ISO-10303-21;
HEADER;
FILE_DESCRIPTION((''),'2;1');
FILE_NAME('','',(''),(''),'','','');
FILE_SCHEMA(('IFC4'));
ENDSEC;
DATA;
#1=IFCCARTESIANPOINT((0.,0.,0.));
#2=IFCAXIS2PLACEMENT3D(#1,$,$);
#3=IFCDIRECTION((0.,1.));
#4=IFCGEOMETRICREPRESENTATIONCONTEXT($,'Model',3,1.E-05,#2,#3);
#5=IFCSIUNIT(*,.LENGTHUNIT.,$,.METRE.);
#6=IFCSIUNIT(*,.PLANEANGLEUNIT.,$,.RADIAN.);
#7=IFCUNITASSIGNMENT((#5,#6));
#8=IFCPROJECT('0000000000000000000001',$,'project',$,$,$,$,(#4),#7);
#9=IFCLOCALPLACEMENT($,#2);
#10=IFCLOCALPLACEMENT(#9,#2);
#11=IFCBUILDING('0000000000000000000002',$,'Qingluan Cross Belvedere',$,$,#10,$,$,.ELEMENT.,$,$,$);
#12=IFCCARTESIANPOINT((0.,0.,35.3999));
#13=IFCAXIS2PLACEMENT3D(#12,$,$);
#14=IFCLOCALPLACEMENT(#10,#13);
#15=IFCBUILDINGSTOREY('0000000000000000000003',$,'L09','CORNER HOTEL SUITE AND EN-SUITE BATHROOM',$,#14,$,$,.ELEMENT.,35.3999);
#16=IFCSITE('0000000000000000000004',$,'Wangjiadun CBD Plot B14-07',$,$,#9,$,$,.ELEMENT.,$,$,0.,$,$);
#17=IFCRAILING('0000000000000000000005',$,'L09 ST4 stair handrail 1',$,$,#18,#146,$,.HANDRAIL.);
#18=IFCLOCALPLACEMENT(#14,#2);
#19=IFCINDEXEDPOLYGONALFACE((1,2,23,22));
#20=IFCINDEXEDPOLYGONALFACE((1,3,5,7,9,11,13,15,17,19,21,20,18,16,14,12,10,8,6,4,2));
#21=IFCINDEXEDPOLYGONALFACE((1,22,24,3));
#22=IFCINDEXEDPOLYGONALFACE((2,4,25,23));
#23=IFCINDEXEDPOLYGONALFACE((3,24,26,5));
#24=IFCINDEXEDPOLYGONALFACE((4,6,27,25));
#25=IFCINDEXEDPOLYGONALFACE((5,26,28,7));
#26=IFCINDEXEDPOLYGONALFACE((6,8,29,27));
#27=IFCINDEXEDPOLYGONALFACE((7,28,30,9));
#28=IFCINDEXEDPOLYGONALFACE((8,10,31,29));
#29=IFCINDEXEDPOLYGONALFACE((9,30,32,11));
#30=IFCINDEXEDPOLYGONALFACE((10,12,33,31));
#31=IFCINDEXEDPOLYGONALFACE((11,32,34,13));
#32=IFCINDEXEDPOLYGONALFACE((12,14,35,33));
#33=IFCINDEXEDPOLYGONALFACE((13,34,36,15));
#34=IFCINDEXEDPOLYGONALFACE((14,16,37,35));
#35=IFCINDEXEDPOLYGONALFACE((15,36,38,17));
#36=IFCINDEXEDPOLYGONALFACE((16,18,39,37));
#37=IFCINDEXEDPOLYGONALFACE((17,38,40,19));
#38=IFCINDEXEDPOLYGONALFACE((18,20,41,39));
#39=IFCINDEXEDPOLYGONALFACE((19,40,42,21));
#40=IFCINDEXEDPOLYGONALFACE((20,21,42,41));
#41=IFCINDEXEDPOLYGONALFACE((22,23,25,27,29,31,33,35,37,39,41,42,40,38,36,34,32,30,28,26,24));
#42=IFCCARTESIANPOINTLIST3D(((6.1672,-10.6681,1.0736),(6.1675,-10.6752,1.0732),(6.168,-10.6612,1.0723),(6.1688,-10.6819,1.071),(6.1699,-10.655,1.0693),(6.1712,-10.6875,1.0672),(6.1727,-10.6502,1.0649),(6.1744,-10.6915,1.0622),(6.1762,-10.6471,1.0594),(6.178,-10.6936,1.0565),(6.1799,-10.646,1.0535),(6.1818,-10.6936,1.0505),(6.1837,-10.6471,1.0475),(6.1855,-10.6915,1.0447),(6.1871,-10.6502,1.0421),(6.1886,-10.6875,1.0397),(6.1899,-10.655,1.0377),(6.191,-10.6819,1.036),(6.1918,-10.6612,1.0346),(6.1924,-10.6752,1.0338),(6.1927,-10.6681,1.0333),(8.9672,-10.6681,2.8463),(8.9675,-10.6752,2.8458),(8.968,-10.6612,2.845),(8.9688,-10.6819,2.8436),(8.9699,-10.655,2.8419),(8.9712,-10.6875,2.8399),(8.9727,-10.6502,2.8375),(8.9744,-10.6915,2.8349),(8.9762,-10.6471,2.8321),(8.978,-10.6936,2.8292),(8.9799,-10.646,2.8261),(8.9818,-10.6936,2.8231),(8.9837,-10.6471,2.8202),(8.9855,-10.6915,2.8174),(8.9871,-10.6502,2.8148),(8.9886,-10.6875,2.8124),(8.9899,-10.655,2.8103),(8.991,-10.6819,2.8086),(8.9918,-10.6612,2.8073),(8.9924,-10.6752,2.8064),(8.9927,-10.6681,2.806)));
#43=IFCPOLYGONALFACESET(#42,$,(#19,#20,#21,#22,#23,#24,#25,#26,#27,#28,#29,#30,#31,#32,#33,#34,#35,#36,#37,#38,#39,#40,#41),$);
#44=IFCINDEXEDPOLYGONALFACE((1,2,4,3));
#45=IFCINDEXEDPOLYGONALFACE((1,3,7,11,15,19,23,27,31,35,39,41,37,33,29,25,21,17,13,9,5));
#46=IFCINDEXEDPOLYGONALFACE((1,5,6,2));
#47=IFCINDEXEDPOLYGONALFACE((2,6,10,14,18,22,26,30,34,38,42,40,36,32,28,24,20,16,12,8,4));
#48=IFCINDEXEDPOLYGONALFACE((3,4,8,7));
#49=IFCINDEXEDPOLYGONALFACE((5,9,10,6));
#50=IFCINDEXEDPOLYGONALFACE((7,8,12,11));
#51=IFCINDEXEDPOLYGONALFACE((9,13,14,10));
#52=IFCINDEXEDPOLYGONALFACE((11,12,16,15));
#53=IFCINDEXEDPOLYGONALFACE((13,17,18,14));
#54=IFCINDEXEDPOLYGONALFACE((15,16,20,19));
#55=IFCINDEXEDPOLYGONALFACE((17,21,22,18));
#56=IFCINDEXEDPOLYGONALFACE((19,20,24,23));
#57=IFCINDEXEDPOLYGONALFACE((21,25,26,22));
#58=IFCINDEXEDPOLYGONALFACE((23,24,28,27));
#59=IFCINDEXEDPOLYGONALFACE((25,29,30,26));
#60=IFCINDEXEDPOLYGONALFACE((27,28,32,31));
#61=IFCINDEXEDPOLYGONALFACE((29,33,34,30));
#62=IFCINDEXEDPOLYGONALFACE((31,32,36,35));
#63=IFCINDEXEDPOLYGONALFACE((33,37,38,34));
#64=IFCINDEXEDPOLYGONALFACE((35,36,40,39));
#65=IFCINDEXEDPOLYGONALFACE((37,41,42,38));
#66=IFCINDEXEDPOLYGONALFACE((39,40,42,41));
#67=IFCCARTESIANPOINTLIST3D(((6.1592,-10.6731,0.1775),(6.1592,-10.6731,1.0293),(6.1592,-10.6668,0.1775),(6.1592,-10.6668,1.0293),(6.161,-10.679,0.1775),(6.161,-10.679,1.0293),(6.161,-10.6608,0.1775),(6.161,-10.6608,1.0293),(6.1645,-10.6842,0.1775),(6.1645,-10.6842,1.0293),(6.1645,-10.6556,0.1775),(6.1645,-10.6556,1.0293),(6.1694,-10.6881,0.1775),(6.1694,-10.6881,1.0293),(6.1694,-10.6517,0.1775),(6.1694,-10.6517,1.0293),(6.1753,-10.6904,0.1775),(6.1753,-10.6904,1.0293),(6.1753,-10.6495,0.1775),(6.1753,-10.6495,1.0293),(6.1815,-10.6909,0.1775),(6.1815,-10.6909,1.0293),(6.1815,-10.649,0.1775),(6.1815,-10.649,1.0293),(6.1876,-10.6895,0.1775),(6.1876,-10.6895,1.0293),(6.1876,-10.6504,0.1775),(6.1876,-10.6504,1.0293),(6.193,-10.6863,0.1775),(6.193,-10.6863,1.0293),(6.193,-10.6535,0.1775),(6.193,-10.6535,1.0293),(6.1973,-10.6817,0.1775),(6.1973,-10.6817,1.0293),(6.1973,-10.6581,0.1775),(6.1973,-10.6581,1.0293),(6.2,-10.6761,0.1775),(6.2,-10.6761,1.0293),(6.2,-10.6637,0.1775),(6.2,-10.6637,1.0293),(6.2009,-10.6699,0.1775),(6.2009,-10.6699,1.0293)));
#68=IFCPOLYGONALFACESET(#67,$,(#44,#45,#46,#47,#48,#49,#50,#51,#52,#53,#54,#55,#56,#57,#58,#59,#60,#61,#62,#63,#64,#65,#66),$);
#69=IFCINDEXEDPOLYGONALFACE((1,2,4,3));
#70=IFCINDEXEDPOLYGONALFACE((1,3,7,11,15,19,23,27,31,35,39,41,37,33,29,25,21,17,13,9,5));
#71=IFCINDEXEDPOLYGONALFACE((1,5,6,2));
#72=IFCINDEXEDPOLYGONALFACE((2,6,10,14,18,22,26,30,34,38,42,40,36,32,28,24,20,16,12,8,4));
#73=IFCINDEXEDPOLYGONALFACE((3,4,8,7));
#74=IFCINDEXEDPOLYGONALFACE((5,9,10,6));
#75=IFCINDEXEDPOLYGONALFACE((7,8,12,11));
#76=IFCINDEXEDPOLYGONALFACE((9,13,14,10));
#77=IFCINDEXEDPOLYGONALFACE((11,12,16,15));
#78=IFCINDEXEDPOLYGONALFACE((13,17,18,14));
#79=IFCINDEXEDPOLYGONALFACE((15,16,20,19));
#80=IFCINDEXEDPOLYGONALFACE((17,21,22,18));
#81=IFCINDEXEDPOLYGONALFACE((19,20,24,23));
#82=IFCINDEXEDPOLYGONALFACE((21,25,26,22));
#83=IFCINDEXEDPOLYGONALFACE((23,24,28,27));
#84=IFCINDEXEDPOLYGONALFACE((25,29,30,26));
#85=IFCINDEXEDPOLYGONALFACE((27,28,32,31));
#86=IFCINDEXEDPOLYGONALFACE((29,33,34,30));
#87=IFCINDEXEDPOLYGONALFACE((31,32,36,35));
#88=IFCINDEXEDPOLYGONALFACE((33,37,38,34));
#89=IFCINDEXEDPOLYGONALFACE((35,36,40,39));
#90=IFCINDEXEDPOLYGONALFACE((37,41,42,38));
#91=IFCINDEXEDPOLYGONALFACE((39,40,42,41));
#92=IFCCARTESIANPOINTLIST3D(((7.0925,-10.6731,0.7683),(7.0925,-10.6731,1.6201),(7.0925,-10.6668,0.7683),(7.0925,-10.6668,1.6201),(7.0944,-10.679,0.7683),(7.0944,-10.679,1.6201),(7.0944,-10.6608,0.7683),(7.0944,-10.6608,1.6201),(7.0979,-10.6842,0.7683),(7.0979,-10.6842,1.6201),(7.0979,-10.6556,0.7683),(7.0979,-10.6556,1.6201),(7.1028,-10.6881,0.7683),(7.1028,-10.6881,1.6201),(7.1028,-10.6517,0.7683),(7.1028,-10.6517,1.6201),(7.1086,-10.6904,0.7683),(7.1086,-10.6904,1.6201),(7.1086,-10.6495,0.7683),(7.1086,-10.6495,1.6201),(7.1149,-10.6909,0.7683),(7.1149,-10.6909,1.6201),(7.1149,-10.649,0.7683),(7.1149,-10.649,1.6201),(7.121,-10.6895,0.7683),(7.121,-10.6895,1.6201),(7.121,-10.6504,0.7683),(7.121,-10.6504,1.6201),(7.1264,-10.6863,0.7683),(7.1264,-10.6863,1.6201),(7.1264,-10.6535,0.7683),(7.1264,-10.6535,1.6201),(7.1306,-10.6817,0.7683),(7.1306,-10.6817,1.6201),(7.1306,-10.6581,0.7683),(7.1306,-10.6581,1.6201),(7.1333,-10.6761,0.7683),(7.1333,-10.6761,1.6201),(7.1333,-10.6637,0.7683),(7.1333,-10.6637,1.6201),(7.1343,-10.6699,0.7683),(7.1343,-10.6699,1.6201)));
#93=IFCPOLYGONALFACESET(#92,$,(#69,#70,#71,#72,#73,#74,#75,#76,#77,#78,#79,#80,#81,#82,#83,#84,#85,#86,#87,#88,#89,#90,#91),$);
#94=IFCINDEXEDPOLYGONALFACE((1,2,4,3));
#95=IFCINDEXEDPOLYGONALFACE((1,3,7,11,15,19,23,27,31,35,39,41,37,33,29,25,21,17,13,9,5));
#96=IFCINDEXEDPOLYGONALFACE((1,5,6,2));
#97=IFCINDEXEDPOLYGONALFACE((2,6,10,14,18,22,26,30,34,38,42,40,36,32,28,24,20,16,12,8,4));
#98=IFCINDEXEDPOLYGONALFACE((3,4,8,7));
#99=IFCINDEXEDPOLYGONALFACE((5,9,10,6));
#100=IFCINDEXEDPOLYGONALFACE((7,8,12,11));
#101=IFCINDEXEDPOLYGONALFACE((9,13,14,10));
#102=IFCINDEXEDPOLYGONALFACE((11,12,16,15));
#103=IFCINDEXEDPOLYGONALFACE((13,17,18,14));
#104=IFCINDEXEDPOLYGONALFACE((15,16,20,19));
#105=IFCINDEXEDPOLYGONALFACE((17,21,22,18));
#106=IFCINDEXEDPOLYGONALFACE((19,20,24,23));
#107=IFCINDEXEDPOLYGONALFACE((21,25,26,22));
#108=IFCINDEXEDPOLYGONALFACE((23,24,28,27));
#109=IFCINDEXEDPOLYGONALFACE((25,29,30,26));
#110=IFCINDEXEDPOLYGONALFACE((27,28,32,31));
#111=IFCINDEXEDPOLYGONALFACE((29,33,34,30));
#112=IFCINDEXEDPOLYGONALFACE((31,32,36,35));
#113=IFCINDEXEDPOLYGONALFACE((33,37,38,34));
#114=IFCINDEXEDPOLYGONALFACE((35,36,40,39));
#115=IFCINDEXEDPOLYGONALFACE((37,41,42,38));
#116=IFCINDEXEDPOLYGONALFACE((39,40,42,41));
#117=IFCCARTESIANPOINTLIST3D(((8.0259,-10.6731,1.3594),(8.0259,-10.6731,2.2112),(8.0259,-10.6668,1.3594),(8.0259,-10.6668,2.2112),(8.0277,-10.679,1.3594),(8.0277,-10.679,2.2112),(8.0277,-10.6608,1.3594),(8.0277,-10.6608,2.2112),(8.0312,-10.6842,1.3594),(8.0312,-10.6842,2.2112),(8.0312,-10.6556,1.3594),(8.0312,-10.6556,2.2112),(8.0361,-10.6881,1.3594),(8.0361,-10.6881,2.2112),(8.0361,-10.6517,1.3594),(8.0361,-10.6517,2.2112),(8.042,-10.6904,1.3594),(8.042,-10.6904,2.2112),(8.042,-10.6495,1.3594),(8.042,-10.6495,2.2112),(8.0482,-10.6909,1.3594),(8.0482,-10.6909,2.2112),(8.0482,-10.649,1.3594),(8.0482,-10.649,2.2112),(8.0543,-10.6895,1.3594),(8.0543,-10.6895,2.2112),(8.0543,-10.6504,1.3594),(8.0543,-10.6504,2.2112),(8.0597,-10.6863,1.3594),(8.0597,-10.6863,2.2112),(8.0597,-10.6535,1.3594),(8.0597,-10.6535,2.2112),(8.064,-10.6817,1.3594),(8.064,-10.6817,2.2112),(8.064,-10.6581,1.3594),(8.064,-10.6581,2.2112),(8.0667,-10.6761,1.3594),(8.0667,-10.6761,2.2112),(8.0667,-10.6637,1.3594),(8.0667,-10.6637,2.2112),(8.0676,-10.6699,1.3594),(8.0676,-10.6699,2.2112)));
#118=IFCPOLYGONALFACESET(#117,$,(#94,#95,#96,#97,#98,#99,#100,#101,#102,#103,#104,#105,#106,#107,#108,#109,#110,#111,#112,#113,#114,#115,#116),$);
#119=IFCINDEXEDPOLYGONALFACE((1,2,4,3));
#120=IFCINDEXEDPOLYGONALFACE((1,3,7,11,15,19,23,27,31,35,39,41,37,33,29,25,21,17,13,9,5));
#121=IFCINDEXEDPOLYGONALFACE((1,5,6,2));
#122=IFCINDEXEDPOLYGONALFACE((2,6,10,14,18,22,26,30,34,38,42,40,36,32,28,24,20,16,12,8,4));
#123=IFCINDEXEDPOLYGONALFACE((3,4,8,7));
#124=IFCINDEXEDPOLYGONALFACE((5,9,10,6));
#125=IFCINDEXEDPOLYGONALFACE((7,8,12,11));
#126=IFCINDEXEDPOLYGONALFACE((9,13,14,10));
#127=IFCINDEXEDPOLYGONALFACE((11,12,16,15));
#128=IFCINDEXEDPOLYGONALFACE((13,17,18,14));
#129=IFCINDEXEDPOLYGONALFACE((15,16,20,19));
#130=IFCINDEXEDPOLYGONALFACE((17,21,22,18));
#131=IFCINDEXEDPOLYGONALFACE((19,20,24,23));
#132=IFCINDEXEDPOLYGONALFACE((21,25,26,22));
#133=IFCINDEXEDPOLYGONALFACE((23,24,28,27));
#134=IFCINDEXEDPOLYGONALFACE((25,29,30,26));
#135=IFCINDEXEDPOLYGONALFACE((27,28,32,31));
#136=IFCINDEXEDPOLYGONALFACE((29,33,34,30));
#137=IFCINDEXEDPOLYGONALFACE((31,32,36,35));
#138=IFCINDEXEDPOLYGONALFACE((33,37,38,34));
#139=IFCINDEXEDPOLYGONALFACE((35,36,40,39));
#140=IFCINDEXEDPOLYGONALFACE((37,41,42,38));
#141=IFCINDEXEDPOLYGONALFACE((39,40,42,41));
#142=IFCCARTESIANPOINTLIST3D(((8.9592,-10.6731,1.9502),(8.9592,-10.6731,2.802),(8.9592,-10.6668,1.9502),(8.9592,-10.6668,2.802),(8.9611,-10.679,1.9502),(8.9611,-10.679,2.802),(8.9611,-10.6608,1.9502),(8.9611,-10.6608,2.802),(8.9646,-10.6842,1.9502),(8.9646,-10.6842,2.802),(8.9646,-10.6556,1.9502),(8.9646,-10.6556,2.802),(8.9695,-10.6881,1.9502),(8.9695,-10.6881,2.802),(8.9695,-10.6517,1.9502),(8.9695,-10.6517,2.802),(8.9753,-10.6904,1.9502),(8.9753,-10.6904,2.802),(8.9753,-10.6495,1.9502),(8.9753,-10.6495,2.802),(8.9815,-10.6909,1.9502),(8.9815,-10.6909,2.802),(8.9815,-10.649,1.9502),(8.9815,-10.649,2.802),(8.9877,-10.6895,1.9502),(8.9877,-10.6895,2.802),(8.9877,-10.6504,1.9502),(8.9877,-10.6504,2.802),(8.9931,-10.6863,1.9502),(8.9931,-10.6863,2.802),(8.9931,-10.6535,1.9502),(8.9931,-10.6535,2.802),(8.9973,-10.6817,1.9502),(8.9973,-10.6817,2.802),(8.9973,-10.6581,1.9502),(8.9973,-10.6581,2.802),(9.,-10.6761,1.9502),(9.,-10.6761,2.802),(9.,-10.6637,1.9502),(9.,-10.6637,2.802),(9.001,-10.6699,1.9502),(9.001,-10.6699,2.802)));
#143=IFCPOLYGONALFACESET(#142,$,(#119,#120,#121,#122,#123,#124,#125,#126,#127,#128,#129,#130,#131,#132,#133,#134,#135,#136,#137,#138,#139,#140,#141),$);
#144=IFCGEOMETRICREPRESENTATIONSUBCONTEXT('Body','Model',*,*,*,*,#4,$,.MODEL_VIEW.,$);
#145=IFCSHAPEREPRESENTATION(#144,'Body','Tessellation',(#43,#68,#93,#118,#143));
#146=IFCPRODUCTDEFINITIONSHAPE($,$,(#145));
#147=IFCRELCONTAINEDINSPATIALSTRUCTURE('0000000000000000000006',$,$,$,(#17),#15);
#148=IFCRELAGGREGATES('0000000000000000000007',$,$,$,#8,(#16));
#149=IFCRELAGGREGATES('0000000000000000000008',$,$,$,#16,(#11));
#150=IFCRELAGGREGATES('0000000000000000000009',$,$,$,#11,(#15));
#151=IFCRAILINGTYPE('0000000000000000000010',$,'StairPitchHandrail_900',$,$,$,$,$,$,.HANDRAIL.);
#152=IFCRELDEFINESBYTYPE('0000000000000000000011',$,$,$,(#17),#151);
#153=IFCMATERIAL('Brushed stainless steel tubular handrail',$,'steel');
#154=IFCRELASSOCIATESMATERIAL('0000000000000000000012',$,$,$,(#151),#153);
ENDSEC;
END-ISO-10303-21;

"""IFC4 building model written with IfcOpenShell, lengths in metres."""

from ifc_helpers import new_model, si_unit, direction, frame, origin, origin_2d, place, context, subcontext, project, spatial, circle, extrude, material, type_object, element, save


model = new_model("IFC4")

# Units and contexts
model_context = context("Model", 3, precision=1e-05, world=origin(), true_north=direction((0.0, 1.0)))
body_context = subcontext(model_context, "Body", "Model", "MODEL_VIEW")
ifc_project = project(units=[si_unit("LENGTHUNIT", "METRE"), si_unit("PLANEANGLEUNIT", "RADIAN")], contexts=[model_context])

# Site, building, storey
site_placement = place(None, origin())
site = spatial("IfcSite", under=ifc_project, at=site_placement, Name="Wangjiadun CBD Plot B14-07", CompositionType="ELEMENT", RefElevation=0.0)
building_placement = place(site_placement, origin())
building = spatial("IfcBuilding", under=site, at=building_placement, Name="Qingluan Cross Belvedere", CompositionType="ELEMENT")
storey_placement = place(building_placement, frame((0.0, 0.0, 35.3999)))
storey = spatial("IfcBuildingStorey", under=building, at=storey_placement, Name="L09", Description="CORNER HOTEL SUITE AND EN-SUITE BATHROOM", CompositionType="ELEMENT", Elevation=35.3999)

# Railing
ifc_material_1 = material(Name="Brushed stainless steel tubular handrail", Category="steel")
railing_type_1 = type_object("IfcRailingType", Name="StairPitchHandrail_900", PredefinedType="HANDRAIL", material=ifc_material_1)
for number, where, name in (
    (1, (6.1799, -10.6699, 0.1775), "L09 ST4 stair handrail 1"),
):
    element("IfcRailing", number, at=place(storey_placement, frame(where)), inside=storey, type_object=railing_type_1, Name=name, PredefinedType="HANDRAIL", context=body_context, shape_type="SweptSolid", body=[
        extrude(circle(Radius=0.0239, at=origin_2d()), frame((0.0, 0.0, 0.876), z_axis=(0.844909, 0.0, 0.53491), x_axis=(0.0, 1.0, 0.0)), (0.0, 0.0, 1.0), 3.314),
        extrude(circle(Radius=0.021, at=origin_2d()), origin(), (0.0, 0.0, 1.0), 0.8518),
        extrude(circle(Radius=0.021, at=origin_2d()), frame((0.9333, 0.0, 0.5908)), (0.0, 0.0, 1.0), 0.8518),
        extrude(circle(Radius=0.021, at=origin_2d()), frame((1.8667, 0.0, 1.1819)), (0.0, 0.0, 1.0), 0.8518),
        extrude(circle(Radius=0.021, at=origin_2d()), frame((2.8, 0.0, 1.7727)), (0.0, 0.0, 1.0), 0.8518),
    ])

save(model, "model.ifc")
